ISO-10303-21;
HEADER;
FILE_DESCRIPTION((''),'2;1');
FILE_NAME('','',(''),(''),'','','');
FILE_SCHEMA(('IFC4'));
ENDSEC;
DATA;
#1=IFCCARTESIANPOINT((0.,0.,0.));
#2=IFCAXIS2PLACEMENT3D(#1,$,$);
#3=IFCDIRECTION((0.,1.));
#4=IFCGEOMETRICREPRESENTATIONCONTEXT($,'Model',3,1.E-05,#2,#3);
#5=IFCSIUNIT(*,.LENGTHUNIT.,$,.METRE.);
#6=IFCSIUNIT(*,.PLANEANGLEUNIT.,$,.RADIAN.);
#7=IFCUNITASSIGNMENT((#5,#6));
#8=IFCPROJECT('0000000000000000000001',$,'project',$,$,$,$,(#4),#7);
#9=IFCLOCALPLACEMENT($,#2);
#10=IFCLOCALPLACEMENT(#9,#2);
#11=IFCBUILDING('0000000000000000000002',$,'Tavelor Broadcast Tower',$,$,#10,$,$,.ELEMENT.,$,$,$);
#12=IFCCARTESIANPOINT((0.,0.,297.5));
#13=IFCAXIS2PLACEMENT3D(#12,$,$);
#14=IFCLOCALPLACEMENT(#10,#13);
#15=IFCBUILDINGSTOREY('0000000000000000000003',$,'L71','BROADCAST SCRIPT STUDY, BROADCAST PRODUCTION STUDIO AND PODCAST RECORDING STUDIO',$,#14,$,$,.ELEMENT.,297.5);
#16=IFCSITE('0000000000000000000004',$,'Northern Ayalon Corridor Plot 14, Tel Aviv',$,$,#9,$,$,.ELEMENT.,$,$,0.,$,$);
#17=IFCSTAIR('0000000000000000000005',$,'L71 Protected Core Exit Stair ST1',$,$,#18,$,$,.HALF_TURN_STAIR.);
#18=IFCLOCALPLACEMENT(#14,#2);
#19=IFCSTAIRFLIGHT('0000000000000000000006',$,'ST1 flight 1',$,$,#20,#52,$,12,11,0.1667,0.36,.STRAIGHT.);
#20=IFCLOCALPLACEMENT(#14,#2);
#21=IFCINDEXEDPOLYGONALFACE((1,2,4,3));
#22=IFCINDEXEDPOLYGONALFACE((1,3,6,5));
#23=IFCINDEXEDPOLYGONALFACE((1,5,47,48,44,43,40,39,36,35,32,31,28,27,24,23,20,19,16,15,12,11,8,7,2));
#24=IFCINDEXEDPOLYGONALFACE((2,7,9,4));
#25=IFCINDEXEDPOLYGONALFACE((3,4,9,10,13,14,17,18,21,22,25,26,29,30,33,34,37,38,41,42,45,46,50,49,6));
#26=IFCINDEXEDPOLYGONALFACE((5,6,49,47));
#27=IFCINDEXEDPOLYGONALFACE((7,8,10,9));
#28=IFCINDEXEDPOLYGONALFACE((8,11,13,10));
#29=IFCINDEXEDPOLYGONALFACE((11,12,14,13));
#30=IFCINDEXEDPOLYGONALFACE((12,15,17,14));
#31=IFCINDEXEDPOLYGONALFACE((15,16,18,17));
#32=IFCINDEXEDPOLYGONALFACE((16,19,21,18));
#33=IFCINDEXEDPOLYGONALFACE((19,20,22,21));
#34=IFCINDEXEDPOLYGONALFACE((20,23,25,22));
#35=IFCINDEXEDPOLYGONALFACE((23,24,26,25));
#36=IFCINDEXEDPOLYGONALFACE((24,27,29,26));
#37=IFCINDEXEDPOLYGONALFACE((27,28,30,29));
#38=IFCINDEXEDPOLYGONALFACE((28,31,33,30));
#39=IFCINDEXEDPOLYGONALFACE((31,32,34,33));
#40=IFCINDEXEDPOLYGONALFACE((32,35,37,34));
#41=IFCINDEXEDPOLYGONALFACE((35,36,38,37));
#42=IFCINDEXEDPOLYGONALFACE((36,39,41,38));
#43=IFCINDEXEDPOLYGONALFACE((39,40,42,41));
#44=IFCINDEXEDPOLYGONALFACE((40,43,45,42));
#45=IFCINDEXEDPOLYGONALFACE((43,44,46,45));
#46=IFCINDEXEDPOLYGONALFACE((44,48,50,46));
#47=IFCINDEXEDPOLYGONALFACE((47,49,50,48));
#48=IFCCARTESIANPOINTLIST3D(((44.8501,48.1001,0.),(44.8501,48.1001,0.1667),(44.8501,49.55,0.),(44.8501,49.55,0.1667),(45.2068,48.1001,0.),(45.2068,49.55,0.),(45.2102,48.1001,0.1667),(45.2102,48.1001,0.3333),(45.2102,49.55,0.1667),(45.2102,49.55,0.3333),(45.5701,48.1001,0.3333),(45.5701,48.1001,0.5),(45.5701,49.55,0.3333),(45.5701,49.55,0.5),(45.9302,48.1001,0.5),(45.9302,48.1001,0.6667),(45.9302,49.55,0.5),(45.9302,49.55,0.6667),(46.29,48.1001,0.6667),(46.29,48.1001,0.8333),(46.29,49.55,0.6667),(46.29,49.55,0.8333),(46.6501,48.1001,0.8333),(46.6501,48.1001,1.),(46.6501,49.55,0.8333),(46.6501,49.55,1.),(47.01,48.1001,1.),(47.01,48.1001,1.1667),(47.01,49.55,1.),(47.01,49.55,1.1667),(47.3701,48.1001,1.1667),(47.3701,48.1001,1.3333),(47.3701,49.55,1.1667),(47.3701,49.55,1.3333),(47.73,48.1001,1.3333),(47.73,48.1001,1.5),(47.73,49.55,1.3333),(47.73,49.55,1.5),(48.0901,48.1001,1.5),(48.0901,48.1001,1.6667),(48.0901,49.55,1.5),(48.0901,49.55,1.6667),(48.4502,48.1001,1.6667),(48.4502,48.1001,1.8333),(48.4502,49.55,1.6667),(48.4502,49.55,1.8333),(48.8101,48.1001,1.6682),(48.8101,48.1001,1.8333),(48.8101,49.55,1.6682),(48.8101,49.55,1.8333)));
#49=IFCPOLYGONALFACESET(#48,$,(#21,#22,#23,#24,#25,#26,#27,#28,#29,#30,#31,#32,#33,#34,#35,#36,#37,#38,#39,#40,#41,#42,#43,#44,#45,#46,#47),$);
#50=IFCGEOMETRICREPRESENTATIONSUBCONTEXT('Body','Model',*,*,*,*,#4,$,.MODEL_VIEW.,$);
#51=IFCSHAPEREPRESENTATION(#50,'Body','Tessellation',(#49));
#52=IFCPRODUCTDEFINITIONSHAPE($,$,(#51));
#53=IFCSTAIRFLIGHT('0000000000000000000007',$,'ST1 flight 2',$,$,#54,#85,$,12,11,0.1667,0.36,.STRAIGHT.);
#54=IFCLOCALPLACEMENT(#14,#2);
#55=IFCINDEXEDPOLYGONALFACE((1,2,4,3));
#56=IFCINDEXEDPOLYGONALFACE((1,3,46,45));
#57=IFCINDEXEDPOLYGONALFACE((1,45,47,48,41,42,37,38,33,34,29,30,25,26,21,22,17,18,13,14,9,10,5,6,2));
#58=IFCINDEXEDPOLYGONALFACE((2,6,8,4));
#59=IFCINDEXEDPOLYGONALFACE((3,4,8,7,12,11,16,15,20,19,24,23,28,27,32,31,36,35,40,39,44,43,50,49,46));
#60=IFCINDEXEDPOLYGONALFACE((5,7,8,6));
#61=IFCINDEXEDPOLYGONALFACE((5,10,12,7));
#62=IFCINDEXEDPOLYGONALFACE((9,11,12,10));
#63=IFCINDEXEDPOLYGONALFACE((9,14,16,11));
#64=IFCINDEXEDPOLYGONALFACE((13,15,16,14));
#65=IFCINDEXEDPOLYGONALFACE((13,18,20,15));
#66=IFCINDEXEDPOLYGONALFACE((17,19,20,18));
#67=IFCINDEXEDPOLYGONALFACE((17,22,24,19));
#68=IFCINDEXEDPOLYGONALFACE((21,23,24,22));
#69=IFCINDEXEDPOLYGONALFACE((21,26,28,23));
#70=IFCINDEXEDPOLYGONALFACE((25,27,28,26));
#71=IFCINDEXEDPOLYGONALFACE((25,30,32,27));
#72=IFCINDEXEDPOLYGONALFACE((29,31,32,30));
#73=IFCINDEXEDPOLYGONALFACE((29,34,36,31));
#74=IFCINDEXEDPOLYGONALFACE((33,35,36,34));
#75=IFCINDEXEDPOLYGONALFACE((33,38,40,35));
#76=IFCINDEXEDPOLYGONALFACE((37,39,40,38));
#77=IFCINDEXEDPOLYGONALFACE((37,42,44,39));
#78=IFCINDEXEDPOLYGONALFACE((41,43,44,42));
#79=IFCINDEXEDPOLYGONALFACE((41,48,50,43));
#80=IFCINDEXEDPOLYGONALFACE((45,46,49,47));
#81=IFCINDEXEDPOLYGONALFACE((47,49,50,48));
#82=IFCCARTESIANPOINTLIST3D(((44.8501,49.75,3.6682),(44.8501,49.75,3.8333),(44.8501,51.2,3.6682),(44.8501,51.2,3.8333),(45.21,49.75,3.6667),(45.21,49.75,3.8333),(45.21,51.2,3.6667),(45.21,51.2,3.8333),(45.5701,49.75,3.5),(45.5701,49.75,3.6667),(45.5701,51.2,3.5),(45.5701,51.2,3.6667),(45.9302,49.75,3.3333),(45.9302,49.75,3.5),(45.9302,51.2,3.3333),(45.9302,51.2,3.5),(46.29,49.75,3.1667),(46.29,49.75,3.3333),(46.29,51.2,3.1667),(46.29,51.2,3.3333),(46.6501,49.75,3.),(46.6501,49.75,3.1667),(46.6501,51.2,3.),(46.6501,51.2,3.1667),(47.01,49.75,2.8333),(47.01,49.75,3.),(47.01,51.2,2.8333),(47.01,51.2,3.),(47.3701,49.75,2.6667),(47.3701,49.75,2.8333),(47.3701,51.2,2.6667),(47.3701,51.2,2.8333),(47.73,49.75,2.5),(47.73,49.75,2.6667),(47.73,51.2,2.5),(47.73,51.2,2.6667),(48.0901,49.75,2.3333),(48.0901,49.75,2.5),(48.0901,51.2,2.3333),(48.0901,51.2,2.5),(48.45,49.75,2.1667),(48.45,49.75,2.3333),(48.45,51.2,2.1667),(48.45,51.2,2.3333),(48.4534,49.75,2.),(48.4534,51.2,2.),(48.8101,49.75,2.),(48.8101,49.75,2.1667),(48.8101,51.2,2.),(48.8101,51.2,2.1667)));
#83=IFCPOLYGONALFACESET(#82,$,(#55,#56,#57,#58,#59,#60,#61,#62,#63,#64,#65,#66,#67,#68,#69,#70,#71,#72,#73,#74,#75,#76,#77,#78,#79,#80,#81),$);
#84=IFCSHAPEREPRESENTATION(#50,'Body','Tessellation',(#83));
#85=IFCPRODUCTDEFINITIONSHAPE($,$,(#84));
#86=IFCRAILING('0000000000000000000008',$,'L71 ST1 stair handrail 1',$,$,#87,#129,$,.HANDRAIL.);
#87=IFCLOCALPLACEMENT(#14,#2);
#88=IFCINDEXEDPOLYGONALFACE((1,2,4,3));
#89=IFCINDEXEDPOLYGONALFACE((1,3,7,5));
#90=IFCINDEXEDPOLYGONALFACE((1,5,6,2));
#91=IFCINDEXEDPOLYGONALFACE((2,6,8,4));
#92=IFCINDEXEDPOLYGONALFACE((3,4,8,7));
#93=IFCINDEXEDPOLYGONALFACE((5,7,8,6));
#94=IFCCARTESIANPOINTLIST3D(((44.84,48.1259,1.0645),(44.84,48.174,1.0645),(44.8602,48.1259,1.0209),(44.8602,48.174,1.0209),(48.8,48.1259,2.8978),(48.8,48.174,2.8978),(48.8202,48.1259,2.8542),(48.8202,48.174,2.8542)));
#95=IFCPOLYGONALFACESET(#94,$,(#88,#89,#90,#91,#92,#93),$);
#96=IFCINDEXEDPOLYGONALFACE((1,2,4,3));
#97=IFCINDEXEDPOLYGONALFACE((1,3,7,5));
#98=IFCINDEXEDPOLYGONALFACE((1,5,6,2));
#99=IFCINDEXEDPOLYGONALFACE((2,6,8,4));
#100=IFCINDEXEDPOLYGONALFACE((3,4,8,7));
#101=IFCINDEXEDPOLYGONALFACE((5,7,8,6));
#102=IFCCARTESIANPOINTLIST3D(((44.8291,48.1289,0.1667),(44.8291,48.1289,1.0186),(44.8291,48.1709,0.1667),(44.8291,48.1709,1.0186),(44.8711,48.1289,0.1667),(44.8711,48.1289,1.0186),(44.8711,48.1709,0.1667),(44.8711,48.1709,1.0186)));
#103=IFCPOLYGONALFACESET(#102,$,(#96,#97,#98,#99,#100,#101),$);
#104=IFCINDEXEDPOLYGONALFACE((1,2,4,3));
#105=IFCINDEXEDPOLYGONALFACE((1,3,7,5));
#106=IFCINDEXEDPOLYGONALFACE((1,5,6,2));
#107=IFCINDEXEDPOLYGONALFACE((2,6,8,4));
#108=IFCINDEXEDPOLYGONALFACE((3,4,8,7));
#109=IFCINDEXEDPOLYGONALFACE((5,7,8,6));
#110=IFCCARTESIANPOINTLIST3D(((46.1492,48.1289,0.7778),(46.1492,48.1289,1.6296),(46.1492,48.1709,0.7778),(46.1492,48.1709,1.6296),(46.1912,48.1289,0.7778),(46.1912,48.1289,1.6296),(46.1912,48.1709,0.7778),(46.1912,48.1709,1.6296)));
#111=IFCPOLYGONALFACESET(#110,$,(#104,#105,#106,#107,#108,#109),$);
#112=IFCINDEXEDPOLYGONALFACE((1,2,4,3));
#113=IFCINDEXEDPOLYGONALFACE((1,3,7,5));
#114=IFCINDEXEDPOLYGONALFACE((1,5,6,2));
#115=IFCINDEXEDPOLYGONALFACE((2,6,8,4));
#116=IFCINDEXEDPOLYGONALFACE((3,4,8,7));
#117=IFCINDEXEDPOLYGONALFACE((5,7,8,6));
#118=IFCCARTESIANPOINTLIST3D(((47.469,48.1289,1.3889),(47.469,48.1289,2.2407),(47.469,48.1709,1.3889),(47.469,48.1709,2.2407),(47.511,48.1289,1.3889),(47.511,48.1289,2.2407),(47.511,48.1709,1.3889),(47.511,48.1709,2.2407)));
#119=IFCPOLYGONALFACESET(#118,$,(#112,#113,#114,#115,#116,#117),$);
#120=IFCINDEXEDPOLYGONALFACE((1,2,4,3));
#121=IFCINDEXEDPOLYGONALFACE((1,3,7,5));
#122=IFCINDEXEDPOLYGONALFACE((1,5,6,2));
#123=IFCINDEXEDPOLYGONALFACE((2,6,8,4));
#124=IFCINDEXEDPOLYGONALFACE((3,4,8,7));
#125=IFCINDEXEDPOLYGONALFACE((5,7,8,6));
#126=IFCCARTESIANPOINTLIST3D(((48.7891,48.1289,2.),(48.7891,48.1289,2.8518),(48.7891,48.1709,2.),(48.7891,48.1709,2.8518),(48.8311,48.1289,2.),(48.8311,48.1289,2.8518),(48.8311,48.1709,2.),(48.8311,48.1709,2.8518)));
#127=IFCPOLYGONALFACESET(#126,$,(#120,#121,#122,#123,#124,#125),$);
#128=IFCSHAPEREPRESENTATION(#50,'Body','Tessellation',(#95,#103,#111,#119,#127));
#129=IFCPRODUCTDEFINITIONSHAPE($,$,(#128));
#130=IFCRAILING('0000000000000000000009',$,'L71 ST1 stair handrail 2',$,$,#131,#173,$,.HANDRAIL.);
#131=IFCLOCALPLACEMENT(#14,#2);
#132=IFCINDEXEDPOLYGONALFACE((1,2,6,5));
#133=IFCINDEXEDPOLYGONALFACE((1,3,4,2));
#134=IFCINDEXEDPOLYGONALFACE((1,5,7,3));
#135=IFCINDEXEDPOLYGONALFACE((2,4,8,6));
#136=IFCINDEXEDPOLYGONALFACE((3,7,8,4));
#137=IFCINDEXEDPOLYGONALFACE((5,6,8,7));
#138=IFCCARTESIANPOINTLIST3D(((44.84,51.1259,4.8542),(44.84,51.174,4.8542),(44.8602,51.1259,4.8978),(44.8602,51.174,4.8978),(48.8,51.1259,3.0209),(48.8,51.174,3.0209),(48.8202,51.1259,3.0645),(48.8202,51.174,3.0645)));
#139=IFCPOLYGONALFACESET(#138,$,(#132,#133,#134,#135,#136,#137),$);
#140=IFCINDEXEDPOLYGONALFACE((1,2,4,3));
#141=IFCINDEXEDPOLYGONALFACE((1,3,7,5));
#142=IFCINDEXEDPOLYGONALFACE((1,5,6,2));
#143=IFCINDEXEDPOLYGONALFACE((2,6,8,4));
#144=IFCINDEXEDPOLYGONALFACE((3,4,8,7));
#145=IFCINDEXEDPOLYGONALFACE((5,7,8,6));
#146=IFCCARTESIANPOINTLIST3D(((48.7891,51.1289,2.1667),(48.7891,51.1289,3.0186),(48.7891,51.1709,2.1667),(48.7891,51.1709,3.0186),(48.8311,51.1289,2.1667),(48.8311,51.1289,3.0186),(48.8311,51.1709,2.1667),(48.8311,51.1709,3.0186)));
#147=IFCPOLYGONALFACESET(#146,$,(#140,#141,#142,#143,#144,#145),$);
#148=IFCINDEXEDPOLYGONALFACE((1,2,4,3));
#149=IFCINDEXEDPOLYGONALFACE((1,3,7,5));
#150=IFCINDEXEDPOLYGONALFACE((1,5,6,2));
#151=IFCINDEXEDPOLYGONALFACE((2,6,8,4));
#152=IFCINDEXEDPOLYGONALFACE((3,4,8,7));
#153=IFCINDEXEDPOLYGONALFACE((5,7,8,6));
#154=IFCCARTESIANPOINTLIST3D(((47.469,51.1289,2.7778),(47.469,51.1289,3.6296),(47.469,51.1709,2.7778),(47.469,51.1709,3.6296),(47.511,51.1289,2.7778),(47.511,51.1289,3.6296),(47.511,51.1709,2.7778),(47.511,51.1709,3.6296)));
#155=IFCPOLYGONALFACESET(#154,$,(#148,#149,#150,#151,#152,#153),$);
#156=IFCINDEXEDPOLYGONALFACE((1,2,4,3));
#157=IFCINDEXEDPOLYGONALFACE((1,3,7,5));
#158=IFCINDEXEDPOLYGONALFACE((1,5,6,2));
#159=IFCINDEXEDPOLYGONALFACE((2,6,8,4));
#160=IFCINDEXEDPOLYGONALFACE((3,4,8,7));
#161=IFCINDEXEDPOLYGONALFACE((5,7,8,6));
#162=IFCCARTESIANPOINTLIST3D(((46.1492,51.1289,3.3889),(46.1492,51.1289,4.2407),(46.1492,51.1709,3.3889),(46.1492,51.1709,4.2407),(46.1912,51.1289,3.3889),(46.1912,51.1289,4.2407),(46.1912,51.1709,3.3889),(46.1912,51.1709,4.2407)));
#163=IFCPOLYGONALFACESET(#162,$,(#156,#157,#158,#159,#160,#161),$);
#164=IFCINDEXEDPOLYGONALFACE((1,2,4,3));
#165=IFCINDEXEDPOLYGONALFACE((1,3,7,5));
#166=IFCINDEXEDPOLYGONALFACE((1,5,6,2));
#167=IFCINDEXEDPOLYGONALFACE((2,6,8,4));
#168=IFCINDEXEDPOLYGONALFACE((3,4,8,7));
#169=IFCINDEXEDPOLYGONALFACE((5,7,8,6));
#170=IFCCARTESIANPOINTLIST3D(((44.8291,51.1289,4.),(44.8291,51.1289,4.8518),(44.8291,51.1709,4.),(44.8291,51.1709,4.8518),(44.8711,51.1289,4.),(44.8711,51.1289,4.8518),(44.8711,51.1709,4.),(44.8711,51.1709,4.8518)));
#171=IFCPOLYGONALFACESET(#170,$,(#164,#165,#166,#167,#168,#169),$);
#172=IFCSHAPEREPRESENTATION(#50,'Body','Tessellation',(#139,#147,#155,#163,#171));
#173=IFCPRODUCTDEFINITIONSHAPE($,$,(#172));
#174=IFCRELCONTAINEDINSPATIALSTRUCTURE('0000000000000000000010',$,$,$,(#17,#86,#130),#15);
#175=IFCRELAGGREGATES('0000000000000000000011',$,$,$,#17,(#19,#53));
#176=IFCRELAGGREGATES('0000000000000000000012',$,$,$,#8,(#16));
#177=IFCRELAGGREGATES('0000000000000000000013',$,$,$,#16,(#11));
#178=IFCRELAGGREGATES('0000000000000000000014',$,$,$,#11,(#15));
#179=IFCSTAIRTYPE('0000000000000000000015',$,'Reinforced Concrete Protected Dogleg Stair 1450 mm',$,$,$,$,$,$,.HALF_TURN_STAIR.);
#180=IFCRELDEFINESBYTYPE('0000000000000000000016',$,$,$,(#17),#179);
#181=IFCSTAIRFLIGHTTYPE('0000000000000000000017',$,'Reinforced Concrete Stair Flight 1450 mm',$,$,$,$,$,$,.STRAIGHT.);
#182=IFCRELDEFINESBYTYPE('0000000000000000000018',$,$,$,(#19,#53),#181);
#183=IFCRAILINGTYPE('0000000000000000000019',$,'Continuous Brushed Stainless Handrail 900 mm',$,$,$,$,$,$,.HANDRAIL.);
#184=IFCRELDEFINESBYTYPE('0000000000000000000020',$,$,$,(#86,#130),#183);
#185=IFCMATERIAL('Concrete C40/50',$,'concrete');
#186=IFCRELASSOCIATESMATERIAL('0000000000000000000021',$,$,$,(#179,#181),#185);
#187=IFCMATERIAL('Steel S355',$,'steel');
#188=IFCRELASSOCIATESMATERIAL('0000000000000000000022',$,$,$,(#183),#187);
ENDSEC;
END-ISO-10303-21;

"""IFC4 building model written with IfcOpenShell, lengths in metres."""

from ifc_helpers import new_model, si_unit, direction, frame, origin, origin_2d, place, context, subcontext, project, spatial, polyline, rectangle, outline, extrude, material, type_object, element, aggregate, save


model = new_model("IFC4")

# Units and contexts
model_context = context("Model", 3, precision=1e-05, world=origin(), true_north=direction((0.0, 1.0)))
body_context = subcontext(model_context, "Body", "Model", "MODEL_VIEW")
ifc_project = project(units=[si_unit("LENGTHUNIT", "METRE"), si_unit("PLANEANGLEUNIT", "RADIAN")], contexts=[model_context])

# Site, building, storey
site_placement = place(None, origin())
site = spatial("IfcSite", under=ifc_project, at=site_placement, Name="Northern Ayalon Corridor Plot 14, Tel Aviv", CompositionType="ELEMENT", RefElevation=0.0)
building_placement = place(site_placement, origin())
building = spatial("IfcBuilding", under=site, at=building_placement, Name="Tavelor Broadcast Tower", CompositionType="ELEMENT")
storey_placement = place(building_placement, frame((0.0, 0.0, 297.5)))
storey = spatial("IfcBuildingStorey", under=building, at=storey_placement, Name="L71", Description="BROADCAST SCRIPT STUDY, BROADCAST PRODUCTION STUDIO AND PODCAST RECORDING STUDIO", CompositionType="ELEMENT", Elevation=297.5)

# Shared definitions
ifc_material_1 = material(Name="Steel S355", Category="steel")

# Shared definitions
ifc_material_2 = material(Name="Concrete C40/50", Category="concrete")

# Stair, stair flights
stair_type = type_object("IfcStairType", Name="Reinforced Concrete Protected Dogleg Stair 1450 mm", PredefinedType="HALF_TURN_STAIR", material=ifc_material_2)
stair_placement = place(storey_placement, origin())
stair = element("IfcStair", 1, at=stair_placement, inside=storey, type_object=stair_type, Name="L71 Protected Core Exit Stair ST1", PredefinedType="HALF_TURN_STAIR")
stair_flight_type = type_object("IfcStairFlightType", Name="Reinforced Concrete Stair Flight 1450 mm", PredefinedType="STRAIGHT", material=ifc_material_2)
stair_flight_1_placement = place(storey_placement, frame((44.8501, 48.825, 0.0), z_axis=(0.0, 0.0, 1.0), x_axis=(1.0, 0.0, 0.0)))
stair_flight_1 = element("IfcStairFlight", 2, at=stair_flight_1_placement, type_object=stair_flight_type, Name="ST1 flight 1", NumberOfRisers=12, NumberOfTreads=11, PredefinedType="STRAIGHT", RiserHeight=0.1667, TreadLength=0.36, context=body_context, shape_type="SweptSolid", body=[
    extrude(outline(polyline([(0.0, 0.0), (0.0, 0.1667), (0.3601, 0.1667), (0.3601, 0.3333), (0.72, 0.3333), (0.72, 0.5), (1.0801, 0.5), (1.0801, 0.6667), (1.4399, 0.6667), (1.4399, 0.8333), (1.8, 0.8333), (1.8, 1.0), (2.1599, 1.0), (2.1599, 1.1667), (2.52, 1.1667), (2.52, 1.3333), (2.8799, 1.3333), (2.8799, 1.5), (3.24, 1.5), (3.24, 1.6667), (3.6001, 1.6667), (3.6001, 1.8333), (3.96, 1.8333), (3.96, 2.0), (3.96, 1.6682), (0.3567, 0.0), (0.0, 0.0)])), frame((0.0, 0.7251, 0.0), z_axis=(0.0, -1.0, 0.0), x_axis=(1.0, 0.0, 0.0)), (0.0, 0.0, 1.0), 1.45),
])
stair_flight_2_placement = place(storey_placement, frame((48.8101, 50.4751, 2.0), z_axis=(0.0, 0.0, 1.0), x_axis=(-1.0, 0.0, 0.0)))
stair_flight_2 = element("IfcStairFlight", 3, at=stair_flight_2_placement, type_object=stair_flight_type, Name="ST1 flight 2", NumberOfRisers=12, NumberOfTreads=11, PredefinedType="STRAIGHT", RiserHeight=0.1667, TreadLength=0.36, context=body_context, shape_type="SweptSolid", body=[
    extrude(outline(polyline([(0.0, 0.0), (0.0, 0.1667), (0.3601, 0.1667), (0.3601, 0.3333), (0.72, 0.3333), (0.72, 0.5), (1.0801, 0.5), (1.0801, 0.6667), (1.4399, 0.6667), (1.4399, 0.8333), (1.8, 0.8333), (1.8, 1.0), (2.1599, 1.0), (2.1599, 1.1667), (2.52, 1.1667), (2.52, 1.3333), (2.8799, 1.3333), (2.8799, 1.5), (3.24, 1.5), (3.24, 1.6667), (3.6001, 1.6667), (3.6001, 1.8333), (3.96, 1.8333), (3.96, 2.0), (3.96, 1.6682), (0.3567, 0.0), (0.0, 0.0)])), frame((0.0, 0.7251, 0.0), z_axis=(0.0, -1.0, 0.0), x_axis=(1.0, 0.0, 0.0)), (0.0, 0.0, 1.0), 1.45),
])
aggregate(stair, [stair_flight_1, stair_flight_2])

# Railings
railing_type_1 = type_object("IfcRailingType", Name="Continuous Brushed Stainless Handrail 900 mm", PredefinedType="HANDRAIL", material=ifc_material_1)
railing_1_placement = place(storey_placement, frame((44.8501, 48.1499, 0.1667)))
element("IfcRailing", 4, at=railing_1_placement, inside=storey, type_object=railing_type_1, Name="L71 ST1 stair handrail 1", PredefinedType="HANDRAIL", context=body_context, shape_type="SweptSolid", body=[
    extrude(rectangle(XDim=0.0481, YDim=0.0481, at=origin_2d()), frame((0.0, 0.0, 0.876), z_axis=(0.907472, 0.0, 0.420112), x_axis=(0.0, 1.0, 0.0)), (0.0, 0.0, 1.0), 4.3638),
    extrude(rectangle(XDim=0.042, YDim=0.042, at=origin_2d()), origin(), (0.0, 0.0, 1.0), 0.8518),
    extrude(rectangle(XDim=0.042, YDim=0.042, at=origin_2d()), frame((1.3201, 0.0, 0.6111)), (0.0, 0.0, 1.0), 0.8518),
    extrude(rectangle(XDim=0.042, YDim=0.042, at=origin_2d()), frame((2.6399, 0.0, 1.2222)), (0.0, 0.0, 1.0), 0.8518),
    extrude(rectangle(XDim=0.042, YDim=0.042, at=origin_2d()), frame((3.96, 0.0, 1.8333)), (0.0, 0.0, 1.0), 0.8518),
])
railing_2_placement = place(storey_placement, frame((48.8101, 51.1499, 2.1667)))
element("IfcRailing", 5, at=railing_2_placement, inside=storey, type_object=railing_type_1, Name="L71 ST1 stair handrail 2", PredefinedType="HANDRAIL", context=body_context, shape_type="SweptSolid", body=[
    extrude(rectangle(XDim=0.0481, YDim=0.0481, at=origin_2d()), frame((0.0, 0.0, 0.876), z_axis=(-0.907472, 0.0, 0.420112), x_axis=(0.0, -1.0, 0.0)), (0.0, 0.0, 1.0), 4.3638),
    extrude(rectangle(XDim=0.042, YDim=0.042, at=origin_2d()), origin(), (0.0, 0.0, 1.0), 0.8518),
    extrude(rectangle(XDim=0.042, YDim=0.042, at=origin_2d()), frame((-1.3201, 0.0, 0.6111)), (0.0, 0.0, 1.0), 0.8518),
    extrude(rectangle(XDim=0.042, YDim=0.042, at=origin_2d()), frame((-2.6399, 0.0, 1.2222)), (0.0, 0.0, 1.0), 0.8518),
    extrude(rectangle(XDim=0.042, YDim=0.042, at=origin_2d()), frame((-3.96, 0.0, 1.8333)), (0.0, 0.0, 1.0), 0.8518),
])

save(model, "model.ifc")
